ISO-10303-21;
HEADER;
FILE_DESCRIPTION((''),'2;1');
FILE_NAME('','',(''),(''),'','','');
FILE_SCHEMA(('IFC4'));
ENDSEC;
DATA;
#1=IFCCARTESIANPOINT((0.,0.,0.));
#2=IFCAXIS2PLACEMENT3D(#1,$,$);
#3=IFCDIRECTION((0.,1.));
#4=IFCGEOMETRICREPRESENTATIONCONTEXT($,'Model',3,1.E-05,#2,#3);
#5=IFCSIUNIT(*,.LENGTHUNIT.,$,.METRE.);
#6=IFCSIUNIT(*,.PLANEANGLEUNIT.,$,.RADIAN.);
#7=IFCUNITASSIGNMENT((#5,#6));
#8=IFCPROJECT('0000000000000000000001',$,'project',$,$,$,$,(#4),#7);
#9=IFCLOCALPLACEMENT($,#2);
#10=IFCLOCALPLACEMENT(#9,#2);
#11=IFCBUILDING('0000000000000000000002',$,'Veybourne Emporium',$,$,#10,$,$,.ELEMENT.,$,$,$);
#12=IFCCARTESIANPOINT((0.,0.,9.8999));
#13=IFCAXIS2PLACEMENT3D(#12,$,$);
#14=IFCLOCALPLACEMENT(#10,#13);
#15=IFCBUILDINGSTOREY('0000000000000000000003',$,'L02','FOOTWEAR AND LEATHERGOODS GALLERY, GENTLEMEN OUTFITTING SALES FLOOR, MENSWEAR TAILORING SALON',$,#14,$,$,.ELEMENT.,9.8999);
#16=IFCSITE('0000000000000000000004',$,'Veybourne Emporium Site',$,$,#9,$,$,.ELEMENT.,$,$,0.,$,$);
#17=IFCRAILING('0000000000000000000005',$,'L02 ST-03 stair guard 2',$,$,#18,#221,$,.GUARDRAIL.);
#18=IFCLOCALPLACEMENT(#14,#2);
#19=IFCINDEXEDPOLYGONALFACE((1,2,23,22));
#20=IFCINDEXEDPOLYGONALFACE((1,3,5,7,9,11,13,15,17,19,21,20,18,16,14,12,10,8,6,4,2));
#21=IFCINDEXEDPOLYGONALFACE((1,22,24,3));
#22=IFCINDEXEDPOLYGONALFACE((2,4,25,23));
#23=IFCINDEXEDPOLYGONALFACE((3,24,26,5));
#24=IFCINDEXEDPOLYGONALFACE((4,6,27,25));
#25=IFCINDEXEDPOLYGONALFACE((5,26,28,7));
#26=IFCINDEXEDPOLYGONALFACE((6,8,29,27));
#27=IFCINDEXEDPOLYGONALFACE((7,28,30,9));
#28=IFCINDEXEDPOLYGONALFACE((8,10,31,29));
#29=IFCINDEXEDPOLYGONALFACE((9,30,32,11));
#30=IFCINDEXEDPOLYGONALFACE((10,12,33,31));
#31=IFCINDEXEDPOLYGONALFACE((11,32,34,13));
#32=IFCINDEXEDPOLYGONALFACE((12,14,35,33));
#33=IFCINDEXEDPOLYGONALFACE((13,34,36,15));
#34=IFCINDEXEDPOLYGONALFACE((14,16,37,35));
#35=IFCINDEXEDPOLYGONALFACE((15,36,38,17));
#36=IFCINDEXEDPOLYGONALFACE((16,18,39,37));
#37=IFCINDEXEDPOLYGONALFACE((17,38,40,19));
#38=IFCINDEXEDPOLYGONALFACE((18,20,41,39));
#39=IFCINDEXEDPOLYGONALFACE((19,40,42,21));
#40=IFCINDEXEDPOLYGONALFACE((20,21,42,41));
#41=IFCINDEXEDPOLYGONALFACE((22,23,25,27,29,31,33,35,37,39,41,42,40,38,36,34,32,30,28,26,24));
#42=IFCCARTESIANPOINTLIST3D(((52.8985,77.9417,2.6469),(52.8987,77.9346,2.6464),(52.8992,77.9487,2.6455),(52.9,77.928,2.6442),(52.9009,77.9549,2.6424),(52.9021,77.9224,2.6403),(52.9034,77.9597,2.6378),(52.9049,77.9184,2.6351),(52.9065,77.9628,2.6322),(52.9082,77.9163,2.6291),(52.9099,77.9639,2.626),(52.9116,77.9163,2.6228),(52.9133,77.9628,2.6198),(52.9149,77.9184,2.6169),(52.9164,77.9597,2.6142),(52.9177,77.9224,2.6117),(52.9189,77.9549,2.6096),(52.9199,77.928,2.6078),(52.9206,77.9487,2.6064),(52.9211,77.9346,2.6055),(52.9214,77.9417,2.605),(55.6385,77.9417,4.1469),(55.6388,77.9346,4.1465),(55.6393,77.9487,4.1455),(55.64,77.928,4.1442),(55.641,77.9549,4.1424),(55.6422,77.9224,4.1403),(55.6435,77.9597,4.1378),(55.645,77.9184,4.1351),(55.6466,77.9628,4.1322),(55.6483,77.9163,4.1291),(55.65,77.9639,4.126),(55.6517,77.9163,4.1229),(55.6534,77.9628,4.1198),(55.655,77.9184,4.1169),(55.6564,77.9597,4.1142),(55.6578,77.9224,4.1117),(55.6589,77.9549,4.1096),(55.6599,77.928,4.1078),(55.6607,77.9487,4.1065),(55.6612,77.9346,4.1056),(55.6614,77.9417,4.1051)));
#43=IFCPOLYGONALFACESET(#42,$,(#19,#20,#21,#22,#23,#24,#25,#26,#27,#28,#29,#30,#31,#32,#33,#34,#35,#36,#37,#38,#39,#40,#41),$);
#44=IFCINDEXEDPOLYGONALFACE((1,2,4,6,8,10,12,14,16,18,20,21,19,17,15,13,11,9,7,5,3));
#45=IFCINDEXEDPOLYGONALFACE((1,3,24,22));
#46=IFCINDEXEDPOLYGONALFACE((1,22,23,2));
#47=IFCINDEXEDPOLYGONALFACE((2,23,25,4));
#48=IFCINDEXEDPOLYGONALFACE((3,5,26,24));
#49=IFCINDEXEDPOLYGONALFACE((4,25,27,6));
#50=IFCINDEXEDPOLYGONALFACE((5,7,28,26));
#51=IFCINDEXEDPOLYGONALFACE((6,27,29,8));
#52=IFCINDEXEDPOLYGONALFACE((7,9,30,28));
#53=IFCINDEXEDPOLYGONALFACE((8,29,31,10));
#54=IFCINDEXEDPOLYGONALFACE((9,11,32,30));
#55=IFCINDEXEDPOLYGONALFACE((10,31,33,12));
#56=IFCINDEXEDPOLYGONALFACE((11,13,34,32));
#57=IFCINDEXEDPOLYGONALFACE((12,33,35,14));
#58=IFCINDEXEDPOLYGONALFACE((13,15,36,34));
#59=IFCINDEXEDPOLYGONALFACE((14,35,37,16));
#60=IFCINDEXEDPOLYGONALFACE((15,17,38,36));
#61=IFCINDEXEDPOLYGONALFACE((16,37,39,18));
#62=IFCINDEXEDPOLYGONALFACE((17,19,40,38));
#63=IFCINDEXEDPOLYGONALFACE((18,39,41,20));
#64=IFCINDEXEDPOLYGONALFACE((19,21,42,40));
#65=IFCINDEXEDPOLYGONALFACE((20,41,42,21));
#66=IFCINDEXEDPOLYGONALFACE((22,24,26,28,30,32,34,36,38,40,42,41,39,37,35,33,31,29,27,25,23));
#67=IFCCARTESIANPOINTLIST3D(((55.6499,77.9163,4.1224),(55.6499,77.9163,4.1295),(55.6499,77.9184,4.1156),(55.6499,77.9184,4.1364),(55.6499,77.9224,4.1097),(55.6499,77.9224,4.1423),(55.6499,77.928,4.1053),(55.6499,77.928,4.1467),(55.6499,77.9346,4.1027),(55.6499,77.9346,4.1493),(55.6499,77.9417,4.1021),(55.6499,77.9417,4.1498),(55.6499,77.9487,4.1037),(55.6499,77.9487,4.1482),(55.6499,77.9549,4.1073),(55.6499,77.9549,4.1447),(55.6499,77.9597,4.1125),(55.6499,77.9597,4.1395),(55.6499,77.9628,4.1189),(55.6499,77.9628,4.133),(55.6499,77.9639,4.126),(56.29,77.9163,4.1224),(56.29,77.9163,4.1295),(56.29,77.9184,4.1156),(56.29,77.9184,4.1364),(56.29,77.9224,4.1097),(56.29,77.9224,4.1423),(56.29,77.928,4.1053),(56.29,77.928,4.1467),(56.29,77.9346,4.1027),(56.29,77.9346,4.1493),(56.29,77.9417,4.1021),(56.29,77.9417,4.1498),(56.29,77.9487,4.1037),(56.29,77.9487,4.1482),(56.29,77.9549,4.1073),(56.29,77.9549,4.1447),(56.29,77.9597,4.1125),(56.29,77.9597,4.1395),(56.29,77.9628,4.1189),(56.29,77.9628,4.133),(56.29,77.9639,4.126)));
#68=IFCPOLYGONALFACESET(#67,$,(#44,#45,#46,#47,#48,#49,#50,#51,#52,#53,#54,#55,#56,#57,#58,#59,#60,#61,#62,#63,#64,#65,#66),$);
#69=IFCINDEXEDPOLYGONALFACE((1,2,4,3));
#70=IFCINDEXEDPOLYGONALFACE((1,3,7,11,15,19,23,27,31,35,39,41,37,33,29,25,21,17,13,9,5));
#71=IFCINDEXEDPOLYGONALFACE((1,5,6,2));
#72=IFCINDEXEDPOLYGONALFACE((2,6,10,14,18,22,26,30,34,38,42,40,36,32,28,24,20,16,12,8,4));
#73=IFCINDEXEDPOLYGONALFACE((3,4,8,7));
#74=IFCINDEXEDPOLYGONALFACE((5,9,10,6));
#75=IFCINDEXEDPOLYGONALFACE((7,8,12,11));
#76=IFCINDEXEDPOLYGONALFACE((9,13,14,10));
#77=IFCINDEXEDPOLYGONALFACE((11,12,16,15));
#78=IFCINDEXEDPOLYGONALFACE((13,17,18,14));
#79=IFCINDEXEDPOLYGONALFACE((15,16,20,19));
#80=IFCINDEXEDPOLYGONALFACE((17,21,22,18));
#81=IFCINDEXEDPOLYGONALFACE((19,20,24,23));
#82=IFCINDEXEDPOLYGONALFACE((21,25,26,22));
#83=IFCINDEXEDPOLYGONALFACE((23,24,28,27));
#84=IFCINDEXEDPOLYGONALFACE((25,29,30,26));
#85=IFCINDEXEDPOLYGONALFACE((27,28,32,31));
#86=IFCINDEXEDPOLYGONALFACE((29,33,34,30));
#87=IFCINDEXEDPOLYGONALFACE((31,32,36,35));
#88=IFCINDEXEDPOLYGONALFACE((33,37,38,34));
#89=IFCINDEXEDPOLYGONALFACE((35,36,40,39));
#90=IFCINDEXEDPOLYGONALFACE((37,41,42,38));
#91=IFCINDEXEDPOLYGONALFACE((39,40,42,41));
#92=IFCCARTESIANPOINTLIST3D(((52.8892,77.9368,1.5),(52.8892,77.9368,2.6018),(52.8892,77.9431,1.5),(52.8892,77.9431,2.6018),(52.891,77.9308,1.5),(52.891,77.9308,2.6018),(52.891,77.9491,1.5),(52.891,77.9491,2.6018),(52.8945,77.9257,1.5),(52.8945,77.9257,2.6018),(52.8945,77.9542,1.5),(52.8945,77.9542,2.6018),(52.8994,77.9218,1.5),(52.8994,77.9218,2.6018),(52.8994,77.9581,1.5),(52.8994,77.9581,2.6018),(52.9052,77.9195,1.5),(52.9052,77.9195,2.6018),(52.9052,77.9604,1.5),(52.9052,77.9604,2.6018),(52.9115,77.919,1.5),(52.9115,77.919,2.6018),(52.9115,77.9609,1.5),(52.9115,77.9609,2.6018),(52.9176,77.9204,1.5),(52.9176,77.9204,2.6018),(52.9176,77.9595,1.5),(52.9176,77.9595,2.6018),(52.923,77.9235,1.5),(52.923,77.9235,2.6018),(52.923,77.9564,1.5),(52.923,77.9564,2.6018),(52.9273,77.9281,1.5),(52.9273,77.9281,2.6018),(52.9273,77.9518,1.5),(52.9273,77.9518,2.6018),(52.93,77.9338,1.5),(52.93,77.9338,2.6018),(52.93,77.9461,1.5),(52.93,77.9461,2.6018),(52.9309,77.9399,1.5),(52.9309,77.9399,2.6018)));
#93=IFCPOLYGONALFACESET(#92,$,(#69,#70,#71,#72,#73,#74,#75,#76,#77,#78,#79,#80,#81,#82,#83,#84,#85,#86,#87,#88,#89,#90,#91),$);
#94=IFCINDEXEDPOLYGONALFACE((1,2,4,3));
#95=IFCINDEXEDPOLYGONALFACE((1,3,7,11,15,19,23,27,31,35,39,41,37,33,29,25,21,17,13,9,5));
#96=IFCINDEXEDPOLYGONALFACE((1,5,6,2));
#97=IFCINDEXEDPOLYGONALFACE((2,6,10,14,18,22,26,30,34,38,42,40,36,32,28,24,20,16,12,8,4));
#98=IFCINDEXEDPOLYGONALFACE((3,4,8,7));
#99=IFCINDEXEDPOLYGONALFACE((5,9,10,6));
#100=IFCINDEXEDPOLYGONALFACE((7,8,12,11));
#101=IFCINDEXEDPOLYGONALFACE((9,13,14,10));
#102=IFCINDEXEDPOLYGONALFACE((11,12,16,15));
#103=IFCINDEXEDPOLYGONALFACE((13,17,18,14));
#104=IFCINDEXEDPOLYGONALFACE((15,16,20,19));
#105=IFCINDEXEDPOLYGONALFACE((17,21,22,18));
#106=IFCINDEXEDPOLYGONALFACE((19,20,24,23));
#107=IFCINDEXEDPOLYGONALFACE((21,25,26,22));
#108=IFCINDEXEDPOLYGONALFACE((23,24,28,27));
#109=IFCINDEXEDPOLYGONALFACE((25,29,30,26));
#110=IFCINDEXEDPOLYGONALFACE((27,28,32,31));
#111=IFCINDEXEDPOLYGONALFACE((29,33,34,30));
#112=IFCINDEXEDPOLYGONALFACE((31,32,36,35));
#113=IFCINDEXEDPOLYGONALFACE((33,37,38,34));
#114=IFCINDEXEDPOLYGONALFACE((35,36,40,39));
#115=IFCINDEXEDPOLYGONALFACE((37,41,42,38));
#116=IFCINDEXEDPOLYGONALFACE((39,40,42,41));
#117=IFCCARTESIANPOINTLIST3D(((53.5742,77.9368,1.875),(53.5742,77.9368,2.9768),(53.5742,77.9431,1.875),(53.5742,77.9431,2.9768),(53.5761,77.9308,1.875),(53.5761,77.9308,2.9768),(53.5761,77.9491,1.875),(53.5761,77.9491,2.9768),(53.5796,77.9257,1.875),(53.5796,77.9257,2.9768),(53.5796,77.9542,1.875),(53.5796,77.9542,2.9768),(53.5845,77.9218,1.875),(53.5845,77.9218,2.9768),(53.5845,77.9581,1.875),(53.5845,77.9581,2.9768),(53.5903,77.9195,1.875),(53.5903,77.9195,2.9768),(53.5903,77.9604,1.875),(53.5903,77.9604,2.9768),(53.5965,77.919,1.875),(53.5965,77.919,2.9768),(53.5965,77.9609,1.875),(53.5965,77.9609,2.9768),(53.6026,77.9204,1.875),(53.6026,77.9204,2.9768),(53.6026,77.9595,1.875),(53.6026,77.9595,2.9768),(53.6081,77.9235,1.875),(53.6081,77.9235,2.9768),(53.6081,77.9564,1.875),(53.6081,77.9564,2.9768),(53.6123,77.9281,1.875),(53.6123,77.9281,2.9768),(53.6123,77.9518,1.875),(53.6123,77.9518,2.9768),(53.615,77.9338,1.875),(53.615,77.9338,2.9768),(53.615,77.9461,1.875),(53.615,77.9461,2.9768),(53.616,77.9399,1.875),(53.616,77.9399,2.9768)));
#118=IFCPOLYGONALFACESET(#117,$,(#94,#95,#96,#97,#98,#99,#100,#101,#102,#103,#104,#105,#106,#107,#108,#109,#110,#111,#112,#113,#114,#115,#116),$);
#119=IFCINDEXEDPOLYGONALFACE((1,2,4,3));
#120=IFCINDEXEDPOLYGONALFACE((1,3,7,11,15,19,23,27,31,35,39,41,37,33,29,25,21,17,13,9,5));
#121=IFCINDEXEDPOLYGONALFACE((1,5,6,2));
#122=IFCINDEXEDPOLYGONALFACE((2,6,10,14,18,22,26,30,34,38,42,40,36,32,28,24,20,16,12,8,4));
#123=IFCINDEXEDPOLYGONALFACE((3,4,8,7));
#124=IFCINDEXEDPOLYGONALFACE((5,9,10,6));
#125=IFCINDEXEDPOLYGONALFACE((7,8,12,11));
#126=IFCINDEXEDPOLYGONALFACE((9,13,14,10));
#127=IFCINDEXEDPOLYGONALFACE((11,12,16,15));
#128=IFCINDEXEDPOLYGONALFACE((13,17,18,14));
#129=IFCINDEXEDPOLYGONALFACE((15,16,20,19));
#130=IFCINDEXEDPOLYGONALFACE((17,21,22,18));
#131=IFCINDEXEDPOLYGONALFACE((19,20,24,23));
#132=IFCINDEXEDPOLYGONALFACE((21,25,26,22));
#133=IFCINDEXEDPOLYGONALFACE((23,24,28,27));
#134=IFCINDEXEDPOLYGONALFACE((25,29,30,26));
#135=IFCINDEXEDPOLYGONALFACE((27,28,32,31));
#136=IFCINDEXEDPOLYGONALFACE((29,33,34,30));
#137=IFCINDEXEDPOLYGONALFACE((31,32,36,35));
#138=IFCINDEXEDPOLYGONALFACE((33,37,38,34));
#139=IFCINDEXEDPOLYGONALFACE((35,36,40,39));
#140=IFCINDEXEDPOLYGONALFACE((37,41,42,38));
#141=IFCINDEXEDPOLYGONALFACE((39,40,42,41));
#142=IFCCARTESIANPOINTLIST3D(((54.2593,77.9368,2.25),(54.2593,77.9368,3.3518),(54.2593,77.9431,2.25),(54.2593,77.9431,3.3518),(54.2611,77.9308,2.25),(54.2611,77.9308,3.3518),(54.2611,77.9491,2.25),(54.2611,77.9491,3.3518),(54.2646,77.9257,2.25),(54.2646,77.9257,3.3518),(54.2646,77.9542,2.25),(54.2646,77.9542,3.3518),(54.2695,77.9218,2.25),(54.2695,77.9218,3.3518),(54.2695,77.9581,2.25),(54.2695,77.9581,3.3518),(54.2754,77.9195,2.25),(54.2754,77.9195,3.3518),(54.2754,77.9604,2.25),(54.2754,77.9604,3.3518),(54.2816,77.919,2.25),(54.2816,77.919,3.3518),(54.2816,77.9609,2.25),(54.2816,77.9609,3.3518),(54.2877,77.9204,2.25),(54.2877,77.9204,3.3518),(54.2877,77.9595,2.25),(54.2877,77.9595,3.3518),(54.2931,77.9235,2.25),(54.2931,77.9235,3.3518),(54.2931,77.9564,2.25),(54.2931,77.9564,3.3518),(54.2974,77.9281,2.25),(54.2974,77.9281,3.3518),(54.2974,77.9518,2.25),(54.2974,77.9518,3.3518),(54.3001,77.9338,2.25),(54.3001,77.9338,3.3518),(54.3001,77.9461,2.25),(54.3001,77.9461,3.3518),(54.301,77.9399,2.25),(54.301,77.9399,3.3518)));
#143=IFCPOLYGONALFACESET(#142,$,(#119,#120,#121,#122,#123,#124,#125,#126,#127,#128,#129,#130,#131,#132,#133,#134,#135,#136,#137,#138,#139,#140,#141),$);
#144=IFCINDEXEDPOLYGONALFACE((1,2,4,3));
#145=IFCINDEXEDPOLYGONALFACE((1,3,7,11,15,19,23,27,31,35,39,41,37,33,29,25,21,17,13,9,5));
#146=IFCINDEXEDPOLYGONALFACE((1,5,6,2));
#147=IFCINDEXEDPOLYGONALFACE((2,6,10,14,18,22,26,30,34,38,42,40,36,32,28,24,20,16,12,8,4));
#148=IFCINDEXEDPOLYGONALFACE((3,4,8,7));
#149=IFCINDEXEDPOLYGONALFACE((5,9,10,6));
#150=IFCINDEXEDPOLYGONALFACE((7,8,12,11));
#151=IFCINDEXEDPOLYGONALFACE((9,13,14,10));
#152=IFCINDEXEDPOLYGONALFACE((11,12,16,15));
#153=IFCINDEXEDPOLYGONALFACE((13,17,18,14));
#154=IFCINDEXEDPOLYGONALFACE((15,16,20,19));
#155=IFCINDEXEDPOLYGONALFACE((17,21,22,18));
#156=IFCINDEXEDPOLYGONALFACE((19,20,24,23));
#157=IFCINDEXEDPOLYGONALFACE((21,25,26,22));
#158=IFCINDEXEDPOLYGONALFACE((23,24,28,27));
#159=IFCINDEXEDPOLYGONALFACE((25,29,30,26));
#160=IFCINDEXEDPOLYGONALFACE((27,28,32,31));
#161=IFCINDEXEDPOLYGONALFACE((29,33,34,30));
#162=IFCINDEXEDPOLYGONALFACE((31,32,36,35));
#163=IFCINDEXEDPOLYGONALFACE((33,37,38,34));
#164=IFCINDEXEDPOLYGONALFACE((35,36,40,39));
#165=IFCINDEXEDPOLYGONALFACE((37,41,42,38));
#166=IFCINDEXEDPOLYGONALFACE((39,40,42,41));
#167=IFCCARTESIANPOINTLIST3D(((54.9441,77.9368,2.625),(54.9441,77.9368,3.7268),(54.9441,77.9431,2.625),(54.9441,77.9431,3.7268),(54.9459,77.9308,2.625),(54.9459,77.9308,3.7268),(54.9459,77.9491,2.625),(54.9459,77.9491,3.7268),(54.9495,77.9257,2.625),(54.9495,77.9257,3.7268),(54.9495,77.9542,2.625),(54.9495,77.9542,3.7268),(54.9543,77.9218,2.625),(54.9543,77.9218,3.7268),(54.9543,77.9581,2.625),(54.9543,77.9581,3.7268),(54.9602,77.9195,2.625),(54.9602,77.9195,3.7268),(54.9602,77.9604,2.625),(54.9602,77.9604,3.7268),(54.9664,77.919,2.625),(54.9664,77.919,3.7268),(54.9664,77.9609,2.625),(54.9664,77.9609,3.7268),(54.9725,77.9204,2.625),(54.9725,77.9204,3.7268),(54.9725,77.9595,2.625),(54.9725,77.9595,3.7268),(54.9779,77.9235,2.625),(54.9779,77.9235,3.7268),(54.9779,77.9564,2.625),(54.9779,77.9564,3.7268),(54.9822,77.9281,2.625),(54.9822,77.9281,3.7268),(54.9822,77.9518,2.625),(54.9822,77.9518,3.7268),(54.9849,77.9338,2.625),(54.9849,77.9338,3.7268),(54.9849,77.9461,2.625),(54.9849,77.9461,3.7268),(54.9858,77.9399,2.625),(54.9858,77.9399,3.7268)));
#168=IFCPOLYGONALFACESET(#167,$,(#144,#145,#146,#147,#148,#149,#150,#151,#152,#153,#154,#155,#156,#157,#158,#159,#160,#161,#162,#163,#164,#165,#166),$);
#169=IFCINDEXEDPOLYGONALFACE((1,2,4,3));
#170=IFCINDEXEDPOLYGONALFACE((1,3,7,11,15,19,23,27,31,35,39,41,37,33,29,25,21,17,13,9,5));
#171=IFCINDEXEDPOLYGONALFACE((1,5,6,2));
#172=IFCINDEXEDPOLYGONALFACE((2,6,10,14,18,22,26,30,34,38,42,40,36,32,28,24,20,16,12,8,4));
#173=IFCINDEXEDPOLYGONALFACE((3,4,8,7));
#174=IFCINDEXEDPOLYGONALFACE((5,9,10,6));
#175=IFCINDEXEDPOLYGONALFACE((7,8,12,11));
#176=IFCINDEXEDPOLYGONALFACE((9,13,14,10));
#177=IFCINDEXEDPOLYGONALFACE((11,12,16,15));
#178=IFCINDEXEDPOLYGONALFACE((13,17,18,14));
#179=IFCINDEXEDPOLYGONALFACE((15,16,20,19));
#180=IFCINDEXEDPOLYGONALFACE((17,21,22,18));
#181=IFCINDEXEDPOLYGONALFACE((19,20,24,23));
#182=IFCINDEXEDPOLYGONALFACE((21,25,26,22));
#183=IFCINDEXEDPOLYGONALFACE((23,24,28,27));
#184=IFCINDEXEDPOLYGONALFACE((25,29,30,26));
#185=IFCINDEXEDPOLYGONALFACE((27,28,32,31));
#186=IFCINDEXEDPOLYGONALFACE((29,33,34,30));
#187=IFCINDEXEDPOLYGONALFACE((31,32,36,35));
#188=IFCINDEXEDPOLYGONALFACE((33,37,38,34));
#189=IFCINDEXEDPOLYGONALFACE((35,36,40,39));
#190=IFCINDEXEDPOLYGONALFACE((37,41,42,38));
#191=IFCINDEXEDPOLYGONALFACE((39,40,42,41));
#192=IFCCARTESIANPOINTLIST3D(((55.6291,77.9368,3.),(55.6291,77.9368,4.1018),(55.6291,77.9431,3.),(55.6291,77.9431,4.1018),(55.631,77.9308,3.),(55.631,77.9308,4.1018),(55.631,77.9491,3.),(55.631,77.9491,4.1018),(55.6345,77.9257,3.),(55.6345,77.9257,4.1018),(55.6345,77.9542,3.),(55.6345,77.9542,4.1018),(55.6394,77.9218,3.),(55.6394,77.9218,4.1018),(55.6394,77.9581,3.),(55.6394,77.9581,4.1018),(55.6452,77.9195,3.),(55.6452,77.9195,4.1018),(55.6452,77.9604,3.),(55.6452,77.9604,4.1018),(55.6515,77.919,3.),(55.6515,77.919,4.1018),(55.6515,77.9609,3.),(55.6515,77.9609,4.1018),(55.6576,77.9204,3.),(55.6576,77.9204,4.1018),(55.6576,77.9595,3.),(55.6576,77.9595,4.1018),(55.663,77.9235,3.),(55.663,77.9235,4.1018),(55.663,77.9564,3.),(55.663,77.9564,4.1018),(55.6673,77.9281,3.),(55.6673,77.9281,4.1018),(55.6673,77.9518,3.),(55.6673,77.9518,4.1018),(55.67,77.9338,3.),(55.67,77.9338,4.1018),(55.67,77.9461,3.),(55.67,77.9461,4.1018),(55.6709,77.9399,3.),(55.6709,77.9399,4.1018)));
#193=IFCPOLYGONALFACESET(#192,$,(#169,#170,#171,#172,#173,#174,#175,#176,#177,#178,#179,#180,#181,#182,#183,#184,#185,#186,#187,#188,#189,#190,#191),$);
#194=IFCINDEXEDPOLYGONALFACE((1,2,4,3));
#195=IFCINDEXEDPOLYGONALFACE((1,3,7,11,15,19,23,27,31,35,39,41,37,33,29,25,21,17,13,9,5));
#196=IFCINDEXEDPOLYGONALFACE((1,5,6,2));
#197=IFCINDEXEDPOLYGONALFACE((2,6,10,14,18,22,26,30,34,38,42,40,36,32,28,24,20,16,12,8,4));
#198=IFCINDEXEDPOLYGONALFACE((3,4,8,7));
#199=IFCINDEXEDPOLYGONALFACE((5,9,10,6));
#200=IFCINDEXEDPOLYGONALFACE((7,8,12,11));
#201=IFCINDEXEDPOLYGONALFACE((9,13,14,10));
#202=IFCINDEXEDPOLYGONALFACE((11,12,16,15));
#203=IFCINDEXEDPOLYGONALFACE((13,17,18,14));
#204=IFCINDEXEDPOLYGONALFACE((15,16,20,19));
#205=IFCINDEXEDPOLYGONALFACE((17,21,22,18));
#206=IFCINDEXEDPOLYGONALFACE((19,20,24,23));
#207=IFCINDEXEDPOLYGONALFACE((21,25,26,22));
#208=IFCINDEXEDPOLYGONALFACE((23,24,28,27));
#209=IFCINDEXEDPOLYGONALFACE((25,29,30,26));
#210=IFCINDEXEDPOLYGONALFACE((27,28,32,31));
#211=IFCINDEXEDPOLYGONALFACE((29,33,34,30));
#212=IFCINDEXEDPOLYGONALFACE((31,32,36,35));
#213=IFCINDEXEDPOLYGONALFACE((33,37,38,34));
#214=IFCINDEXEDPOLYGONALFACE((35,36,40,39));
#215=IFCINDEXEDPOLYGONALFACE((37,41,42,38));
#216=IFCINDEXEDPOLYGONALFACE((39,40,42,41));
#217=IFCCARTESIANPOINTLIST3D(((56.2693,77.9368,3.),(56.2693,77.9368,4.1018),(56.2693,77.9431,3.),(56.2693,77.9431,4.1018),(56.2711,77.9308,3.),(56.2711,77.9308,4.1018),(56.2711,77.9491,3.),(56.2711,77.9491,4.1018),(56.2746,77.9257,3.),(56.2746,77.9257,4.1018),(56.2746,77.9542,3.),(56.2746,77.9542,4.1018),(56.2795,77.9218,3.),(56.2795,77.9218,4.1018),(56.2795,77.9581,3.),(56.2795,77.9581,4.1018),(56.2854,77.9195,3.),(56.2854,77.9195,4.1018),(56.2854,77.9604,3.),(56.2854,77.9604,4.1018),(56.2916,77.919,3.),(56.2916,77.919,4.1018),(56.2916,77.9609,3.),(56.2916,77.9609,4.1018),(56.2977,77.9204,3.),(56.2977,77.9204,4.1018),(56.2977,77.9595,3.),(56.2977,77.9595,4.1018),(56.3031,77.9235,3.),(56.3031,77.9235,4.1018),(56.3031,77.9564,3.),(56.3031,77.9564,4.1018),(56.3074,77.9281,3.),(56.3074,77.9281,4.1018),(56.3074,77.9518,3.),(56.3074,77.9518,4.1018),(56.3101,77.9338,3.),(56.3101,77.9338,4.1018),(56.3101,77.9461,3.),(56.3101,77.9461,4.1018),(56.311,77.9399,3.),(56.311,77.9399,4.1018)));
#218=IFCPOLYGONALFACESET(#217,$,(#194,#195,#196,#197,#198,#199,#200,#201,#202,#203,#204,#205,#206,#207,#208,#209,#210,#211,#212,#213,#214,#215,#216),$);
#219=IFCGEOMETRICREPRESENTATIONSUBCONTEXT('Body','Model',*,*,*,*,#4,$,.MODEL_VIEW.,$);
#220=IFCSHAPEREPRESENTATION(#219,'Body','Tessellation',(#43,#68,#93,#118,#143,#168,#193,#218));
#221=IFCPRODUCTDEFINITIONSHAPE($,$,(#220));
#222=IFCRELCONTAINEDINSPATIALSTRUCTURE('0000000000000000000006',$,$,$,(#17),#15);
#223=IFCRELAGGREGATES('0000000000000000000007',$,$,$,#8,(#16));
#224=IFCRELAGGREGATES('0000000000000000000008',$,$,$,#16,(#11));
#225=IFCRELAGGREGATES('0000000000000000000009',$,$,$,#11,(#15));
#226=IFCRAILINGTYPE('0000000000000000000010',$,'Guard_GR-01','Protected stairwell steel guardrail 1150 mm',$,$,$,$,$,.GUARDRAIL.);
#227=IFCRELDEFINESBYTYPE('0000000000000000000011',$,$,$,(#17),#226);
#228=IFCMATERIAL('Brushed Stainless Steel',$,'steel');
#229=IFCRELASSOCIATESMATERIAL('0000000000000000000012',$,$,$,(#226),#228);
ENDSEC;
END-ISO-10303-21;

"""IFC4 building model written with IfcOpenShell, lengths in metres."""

from ifc_helpers import new_model, si_unit, direction, frame, origin, origin_2d, place, context, subcontext, project, spatial, circle, extrude, material, type_object, element, save


model = new_model("IFC4")

# Units and contexts
model_context = context("Model", 3, precision=1e-05, world=origin(), true_north=direction((0.0, 1.0)))
body_context = subcontext(model_context, "Body", "Model", "MODEL_VIEW")
ifc_project = project(units=[si_unit("LENGTHUNIT", "METRE"), si_unit("PLANEANGLEUNIT", "RADIAN")], contexts=[model_context])

# Site, building, storey
site_placement = place(None, origin())
site = spatial("IfcSite", under=ifc_project, at=site_placement, Name="Veybourne Emporium Site", CompositionType="ELEMENT", RefElevation=0.0)
building_placement = place(site_placement, origin())
building = spatial("IfcBuilding", under=site, at=building_placement, Name="Veybourne Emporium", CompositionType="ELEMENT")
storey_placement = place(building_placement, frame((0.0, 0.0, 9.8999)))
storey = spatial("IfcBuildingStorey", under=building, at=storey_placement, Name="L02", Description="FOOTWEAR AND LEATHERGOODS GALLERY, GENTLEMEN OUTFITTING SALES FLOOR, MENSWEAR TAILORING SALON", CompositionType="ELEMENT", Elevation=9.8999)

# Railing
ifc_material_1 = material(Name="Brushed Stainless Steel", Category="steel")
railing_type_1 = type_object("IfcRailingType", Name="Guard_GR-01", Description="Protected stairwell steel guardrail 1150 mm", PredefinedType="GUARDRAIL", material=ifc_material_1)
railing_1_placement = place(storey_placement, frame((52.9099, 77.9399, 1.5)))
element("IfcRailing", 1, at=railing_1_placement, inside=storey, type_object=railing_type_1, Name="L02 ST-03 stair guard 2", PredefinedType="GUARDRAIL", context=body_context, shape_type="SweptSolid", body=[
    extrude(circle(Radius=0.0239, at=origin_2d()), frame((0.0, 0.0, 1.126), z_axis=(0.87716, 0.0, 0.480199), x_axis=(0.0, 1.0, 0.0)), (0.0, 0.0, 1.0), 3.1238),
    extrude(circle(Radius=0.0239, at=origin_2d()), frame((2.74, 0.0, 2.626), z_axis=(1.0, 0.0, 0.0), x_axis=(0.0, 1.0, 0.0)), (0.0, 0.0, 1.0), 0.6401),
    extrude(circle(Radius=0.021, at=origin_2d()), origin(), (0.0, 0.0, 1.0), 1.1018),
    extrude(circle(Radius=0.021, at=origin_2d()), frame((0.6851, 0.0, 0.375)), (0.0, 0.0, 1.0), 1.1018),
    extrude(circle(Radius=0.021, at=origin_2d()), frame((1.3701, 0.0, 0.75)), (0.0, 0.0, 1.0), 1.1018),
    extrude(circle(Radius=0.021, at=origin_2d()), frame((2.0549, 0.0, 1.125)), (0.0, 0.0, 1.0), 1.1018),
    extrude(circle(Radius=0.021, at=origin_2d()), frame((2.74, 0.0, 1.5)), (0.0, 0.0, 1.0), 1.1018),
    extrude(circle(Radius=0.021, at=origin_2d()), frame((3.3801, 0.0, 1.5)), (0.0, 0.0, 1.0), 1.1018),
])

save(model, "model.ifc")
